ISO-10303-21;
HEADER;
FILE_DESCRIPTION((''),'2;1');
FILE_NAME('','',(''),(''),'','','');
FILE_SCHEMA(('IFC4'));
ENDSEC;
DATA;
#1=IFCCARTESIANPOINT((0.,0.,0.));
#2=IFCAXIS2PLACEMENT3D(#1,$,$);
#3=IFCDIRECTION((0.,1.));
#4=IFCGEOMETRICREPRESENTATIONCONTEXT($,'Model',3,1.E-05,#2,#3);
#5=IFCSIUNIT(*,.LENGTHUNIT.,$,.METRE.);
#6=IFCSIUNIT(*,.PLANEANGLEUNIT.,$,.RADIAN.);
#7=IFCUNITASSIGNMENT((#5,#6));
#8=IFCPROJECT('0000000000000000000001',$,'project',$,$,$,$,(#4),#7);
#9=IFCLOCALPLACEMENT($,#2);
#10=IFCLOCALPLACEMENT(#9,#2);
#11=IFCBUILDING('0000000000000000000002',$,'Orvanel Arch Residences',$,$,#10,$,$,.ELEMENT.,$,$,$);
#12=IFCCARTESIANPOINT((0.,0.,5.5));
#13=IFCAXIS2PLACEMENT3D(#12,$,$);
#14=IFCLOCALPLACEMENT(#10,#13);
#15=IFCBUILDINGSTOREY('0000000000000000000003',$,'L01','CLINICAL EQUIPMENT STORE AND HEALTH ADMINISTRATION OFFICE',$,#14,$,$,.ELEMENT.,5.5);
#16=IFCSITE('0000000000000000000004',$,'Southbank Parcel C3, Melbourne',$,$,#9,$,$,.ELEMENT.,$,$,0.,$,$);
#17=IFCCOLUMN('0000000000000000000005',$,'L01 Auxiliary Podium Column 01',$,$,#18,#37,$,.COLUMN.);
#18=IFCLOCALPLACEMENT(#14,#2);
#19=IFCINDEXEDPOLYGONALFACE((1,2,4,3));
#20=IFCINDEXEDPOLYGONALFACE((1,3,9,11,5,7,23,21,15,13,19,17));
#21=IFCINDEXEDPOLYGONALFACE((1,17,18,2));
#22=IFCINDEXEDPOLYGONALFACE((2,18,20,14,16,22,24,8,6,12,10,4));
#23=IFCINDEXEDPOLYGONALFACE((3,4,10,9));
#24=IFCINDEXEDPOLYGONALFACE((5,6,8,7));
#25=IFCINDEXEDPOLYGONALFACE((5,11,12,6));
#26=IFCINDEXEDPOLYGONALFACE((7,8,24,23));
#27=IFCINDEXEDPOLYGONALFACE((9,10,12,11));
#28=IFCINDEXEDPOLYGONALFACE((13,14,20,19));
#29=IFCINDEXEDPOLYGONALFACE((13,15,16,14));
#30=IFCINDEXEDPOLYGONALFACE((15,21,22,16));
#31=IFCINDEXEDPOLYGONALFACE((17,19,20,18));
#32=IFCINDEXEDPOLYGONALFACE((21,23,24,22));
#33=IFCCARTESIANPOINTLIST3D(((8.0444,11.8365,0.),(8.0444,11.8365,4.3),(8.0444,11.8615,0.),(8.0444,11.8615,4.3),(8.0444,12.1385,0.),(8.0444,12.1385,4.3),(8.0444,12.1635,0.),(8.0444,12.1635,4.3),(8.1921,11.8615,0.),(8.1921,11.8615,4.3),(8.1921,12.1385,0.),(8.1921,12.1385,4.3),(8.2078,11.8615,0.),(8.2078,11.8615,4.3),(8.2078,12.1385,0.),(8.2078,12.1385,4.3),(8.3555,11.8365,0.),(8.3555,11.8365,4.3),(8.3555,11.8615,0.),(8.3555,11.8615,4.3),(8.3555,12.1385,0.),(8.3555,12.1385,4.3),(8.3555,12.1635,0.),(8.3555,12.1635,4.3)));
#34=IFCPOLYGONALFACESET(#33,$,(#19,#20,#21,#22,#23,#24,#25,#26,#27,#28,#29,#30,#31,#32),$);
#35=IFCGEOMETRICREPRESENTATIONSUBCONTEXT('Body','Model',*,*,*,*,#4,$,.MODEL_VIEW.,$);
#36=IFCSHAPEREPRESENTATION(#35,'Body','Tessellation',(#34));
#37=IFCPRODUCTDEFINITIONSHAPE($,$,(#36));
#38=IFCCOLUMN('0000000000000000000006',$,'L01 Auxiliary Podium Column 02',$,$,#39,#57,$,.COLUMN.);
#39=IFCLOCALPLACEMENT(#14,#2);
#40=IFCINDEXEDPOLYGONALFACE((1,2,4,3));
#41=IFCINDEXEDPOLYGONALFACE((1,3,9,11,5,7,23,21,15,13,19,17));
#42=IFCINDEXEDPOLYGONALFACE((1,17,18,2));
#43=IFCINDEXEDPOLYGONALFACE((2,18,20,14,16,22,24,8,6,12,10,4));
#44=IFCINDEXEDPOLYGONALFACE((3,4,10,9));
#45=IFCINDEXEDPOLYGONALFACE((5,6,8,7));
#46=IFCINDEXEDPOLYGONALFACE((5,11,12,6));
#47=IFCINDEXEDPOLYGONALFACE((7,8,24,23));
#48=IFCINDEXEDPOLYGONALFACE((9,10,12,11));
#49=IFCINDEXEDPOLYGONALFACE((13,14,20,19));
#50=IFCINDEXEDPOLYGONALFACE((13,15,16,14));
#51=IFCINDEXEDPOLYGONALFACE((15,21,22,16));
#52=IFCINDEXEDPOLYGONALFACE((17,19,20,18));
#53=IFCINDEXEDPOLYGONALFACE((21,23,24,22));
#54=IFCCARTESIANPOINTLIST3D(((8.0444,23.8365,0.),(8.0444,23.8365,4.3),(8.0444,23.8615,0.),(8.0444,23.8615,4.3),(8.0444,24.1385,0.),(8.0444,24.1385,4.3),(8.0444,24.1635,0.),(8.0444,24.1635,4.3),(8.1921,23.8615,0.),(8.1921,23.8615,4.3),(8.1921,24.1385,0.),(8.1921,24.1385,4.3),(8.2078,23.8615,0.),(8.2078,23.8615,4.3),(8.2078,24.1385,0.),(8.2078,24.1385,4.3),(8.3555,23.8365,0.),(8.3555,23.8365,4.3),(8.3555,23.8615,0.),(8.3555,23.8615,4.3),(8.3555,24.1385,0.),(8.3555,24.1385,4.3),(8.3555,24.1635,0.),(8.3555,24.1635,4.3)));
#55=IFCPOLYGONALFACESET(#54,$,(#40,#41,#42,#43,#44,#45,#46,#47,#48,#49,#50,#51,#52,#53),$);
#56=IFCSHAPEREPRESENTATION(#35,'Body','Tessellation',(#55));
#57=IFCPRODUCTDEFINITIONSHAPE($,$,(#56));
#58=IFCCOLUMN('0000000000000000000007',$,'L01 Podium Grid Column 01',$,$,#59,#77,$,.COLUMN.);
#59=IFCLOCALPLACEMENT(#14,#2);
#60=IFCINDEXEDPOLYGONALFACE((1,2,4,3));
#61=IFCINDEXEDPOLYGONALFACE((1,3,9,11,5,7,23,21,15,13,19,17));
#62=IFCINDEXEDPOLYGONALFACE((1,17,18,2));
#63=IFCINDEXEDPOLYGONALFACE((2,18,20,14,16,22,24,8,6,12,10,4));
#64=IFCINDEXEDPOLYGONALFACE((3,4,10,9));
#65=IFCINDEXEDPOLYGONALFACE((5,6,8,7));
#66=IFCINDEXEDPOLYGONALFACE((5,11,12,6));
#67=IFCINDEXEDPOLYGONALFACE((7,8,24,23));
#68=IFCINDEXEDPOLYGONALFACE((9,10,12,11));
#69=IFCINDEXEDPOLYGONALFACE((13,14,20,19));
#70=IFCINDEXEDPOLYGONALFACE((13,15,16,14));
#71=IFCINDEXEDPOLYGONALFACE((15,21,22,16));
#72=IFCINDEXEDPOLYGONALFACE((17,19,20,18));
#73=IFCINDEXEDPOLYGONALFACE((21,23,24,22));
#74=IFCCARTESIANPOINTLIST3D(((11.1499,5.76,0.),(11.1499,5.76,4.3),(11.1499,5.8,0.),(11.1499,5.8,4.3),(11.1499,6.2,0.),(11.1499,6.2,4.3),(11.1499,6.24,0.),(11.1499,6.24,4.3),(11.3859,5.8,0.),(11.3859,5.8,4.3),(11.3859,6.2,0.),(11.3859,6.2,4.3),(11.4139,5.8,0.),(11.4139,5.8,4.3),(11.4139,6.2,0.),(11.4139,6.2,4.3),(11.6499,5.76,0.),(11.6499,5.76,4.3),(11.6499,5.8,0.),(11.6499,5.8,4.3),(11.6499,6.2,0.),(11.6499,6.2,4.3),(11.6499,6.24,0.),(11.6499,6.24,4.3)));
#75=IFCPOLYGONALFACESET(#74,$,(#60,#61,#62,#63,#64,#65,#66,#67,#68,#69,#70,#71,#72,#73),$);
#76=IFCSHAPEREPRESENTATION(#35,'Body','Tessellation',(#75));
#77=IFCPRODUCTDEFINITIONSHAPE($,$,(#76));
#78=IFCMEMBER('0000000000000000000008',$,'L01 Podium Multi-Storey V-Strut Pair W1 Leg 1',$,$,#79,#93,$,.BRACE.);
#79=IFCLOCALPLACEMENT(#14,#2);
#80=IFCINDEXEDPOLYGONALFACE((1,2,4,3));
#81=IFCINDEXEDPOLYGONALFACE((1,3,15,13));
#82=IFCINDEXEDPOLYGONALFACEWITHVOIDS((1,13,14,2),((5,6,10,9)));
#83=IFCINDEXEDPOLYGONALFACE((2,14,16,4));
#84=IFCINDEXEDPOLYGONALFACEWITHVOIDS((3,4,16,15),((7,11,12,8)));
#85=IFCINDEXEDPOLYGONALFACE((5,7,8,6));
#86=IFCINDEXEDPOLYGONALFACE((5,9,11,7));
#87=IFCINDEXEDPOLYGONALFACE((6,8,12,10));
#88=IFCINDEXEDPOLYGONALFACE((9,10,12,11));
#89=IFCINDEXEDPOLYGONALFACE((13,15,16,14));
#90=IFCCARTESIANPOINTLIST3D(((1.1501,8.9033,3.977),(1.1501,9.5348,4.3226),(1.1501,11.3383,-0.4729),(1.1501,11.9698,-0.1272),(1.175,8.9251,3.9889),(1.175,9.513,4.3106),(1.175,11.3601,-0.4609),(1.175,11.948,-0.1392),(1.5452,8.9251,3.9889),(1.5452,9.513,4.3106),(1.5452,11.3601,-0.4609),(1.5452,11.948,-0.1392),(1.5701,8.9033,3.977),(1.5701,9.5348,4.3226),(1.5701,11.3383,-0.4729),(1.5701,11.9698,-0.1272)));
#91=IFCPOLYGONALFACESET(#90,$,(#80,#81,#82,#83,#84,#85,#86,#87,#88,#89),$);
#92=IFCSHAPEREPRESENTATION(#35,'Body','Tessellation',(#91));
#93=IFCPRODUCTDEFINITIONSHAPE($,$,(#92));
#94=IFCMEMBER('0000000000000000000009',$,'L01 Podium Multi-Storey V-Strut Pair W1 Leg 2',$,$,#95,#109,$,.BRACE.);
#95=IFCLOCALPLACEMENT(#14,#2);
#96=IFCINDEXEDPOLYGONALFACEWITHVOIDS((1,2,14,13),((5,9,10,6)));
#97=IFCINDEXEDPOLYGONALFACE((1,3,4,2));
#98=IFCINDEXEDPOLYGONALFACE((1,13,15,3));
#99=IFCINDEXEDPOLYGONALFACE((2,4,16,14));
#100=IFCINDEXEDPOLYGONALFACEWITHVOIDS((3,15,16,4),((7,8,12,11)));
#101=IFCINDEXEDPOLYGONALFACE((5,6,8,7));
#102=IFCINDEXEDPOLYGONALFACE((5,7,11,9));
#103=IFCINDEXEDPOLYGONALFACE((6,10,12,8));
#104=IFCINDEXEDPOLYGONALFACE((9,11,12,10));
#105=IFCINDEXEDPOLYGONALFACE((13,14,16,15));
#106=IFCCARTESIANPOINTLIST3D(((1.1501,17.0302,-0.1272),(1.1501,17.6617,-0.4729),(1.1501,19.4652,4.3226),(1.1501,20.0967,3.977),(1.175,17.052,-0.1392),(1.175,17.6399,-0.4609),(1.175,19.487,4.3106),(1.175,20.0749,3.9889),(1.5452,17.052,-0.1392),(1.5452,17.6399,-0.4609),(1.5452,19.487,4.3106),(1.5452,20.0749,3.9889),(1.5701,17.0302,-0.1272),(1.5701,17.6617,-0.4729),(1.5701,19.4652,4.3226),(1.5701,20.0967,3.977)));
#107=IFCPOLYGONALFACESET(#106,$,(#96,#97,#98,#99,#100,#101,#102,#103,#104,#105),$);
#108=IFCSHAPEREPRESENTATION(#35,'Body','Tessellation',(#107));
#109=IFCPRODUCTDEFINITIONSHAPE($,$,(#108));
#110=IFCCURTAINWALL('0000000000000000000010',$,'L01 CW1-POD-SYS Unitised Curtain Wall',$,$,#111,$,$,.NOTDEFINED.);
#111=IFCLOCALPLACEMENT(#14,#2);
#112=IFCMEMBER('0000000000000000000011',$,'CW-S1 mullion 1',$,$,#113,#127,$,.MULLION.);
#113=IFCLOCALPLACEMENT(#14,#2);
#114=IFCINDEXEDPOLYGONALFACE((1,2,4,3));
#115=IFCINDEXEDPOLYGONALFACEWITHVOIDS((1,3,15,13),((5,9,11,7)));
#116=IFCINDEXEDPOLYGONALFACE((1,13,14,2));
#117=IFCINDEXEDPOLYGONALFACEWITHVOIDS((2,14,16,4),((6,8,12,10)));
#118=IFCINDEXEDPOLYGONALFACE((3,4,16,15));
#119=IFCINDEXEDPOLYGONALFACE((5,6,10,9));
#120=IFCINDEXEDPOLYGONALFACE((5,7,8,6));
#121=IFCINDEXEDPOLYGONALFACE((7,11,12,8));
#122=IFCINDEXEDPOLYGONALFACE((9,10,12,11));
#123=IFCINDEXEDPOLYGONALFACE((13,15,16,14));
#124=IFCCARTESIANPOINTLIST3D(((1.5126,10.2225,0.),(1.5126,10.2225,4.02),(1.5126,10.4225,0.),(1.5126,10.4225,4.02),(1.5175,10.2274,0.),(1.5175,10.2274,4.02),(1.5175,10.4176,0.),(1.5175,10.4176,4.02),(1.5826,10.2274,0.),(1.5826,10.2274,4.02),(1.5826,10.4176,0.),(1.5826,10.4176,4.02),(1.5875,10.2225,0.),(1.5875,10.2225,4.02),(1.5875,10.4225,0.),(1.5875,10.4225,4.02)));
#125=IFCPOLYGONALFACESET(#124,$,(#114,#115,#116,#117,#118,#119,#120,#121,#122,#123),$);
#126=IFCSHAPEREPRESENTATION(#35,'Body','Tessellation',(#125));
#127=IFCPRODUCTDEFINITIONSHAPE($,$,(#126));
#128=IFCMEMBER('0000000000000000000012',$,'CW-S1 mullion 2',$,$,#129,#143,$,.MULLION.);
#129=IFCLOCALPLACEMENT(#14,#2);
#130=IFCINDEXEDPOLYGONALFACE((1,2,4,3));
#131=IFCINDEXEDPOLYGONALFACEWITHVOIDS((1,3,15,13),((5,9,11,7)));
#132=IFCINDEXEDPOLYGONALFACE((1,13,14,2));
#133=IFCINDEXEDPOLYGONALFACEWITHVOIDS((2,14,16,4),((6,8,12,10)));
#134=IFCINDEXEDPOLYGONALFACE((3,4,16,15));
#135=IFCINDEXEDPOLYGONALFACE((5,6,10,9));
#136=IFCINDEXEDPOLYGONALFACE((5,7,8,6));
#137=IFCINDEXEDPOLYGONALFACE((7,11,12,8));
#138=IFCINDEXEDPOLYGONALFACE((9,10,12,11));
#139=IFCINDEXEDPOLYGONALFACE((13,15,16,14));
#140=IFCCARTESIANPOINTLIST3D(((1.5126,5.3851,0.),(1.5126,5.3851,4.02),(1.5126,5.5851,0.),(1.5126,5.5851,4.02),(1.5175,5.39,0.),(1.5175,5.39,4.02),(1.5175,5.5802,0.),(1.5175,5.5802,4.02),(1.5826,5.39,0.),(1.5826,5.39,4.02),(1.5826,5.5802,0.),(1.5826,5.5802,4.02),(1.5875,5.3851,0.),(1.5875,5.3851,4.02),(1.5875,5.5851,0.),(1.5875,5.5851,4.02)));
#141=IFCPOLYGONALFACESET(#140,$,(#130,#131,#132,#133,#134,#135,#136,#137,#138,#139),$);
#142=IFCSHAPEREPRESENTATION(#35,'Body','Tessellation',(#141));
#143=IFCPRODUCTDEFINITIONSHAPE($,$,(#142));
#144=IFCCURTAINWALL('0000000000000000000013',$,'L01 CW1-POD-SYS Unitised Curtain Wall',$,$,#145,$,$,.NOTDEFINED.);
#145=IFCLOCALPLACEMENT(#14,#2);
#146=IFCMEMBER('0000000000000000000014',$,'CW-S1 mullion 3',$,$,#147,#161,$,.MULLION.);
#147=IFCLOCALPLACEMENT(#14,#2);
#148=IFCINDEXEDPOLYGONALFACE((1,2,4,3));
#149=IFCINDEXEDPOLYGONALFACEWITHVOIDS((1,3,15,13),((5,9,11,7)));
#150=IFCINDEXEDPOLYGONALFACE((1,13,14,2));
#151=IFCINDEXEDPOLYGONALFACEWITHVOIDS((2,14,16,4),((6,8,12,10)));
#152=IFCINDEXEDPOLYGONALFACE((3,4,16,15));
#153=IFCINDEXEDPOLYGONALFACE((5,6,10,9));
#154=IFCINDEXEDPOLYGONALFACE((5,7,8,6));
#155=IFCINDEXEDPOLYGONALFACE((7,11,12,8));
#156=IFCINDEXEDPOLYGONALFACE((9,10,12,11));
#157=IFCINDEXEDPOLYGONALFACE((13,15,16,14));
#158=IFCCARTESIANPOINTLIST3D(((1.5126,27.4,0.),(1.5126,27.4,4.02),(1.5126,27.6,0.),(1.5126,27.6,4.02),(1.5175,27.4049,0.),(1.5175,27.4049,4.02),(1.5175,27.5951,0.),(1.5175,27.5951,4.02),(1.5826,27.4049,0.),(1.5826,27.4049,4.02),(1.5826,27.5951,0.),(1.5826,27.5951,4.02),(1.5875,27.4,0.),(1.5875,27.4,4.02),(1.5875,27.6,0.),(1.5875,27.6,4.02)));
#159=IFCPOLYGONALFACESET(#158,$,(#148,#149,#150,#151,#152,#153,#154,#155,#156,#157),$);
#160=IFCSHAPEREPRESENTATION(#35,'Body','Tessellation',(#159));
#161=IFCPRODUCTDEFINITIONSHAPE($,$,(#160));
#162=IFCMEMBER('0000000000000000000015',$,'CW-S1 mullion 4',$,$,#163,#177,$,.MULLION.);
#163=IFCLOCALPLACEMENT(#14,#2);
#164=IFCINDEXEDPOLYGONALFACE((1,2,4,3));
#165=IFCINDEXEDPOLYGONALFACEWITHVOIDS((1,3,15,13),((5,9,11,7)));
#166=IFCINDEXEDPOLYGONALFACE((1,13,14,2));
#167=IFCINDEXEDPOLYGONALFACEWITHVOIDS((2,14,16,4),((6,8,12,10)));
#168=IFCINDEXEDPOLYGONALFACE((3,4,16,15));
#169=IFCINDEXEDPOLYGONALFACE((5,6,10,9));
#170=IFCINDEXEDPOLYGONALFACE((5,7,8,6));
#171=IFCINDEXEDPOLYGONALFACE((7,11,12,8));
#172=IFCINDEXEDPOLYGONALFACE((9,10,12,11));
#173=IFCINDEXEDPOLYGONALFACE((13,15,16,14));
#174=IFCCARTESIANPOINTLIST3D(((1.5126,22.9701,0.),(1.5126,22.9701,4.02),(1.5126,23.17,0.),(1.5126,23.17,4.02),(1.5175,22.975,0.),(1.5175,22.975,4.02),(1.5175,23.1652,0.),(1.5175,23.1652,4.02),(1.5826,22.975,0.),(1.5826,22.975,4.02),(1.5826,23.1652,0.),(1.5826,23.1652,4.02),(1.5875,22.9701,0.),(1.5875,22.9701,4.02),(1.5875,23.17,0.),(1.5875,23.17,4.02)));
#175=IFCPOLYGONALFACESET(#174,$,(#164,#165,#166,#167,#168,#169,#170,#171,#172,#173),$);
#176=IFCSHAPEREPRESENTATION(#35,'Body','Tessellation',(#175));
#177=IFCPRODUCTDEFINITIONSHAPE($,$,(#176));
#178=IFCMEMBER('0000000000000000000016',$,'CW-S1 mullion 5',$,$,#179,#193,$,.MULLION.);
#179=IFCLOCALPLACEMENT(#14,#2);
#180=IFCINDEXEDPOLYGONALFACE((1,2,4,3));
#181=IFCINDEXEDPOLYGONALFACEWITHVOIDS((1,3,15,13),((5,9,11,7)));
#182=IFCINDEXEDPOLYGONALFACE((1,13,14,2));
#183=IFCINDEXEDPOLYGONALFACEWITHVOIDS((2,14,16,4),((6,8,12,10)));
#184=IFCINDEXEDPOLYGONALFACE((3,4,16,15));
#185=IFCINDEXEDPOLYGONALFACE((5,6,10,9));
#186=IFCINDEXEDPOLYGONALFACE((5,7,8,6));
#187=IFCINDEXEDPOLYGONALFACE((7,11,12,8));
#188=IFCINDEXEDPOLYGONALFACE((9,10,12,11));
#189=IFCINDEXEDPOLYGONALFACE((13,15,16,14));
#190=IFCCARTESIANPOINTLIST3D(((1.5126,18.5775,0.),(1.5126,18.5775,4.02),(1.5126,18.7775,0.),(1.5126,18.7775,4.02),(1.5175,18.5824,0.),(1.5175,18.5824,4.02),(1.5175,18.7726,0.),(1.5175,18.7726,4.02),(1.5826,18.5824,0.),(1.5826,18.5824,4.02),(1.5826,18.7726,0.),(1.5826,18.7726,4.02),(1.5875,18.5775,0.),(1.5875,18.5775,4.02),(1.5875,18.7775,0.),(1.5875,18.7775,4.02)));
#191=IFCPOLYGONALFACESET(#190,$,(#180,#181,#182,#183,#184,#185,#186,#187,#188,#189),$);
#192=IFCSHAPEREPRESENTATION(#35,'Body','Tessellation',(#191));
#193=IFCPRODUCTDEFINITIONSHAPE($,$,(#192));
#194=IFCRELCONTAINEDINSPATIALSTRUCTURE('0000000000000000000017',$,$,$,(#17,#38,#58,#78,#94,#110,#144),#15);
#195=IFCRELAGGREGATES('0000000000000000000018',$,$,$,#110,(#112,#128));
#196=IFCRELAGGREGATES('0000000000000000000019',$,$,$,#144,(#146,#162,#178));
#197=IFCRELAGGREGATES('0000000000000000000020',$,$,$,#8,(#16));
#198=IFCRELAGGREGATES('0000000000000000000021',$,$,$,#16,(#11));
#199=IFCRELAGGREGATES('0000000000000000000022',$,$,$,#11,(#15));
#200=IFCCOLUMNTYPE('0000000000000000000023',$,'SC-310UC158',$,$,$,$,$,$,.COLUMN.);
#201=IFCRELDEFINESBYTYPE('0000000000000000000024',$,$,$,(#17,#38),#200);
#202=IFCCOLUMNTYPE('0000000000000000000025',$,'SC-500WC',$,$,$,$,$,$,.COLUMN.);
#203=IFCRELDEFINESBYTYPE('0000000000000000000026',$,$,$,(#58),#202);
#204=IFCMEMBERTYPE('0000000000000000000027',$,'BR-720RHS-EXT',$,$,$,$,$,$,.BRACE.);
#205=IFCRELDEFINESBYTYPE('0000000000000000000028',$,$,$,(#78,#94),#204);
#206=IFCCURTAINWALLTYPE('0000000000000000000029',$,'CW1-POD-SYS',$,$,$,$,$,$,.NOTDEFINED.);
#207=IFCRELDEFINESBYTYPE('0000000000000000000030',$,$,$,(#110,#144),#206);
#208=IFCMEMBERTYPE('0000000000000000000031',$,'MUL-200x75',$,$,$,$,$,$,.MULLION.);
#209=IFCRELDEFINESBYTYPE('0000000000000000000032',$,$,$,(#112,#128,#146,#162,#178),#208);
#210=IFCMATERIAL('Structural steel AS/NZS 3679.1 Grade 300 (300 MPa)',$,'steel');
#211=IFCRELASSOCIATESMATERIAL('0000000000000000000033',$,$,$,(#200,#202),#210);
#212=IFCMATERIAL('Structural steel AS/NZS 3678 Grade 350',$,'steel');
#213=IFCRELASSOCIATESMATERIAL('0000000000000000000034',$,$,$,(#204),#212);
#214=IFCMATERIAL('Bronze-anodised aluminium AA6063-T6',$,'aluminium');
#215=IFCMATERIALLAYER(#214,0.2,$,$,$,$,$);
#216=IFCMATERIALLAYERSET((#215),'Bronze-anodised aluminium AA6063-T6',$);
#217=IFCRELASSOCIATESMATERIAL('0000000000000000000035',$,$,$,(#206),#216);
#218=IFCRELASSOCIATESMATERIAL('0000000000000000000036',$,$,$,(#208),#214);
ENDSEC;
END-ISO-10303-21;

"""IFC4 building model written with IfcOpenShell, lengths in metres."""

from ifc_helpers import new_model, si_unit, direction, frame, origin, origin_2d, place, context, subcontext, project, spatial, hollow_rectangle, i_section, extrude, material, layer, layer_set, material_profile, profile_set, type_object, element, aggregate, save


model = new_model("IFC4")

# Units and contexts
model_context = context("Model", 3, precision=1e-05, world=origin(), true_north=direction((0.0, 1.0)))
body_context = subcontext(model_context, "Body", "Model", "MODEL_VIEW")
ifc_project = project(units=[si_unit("LENGTHUNIT", "METRE"), si_unit("PLANEANGLEUNIT", "RADIAN")], contexts=[model_context])

# Site, building, storey
site_placement = place(None, origin())
site = spatial("IfcSite", under=ifc_project, at=site_placement, Name="Southbank Parcel C3, Melbourne", CompositionType="ELEMENT", RefElevation=0.0)
building_placement = place(site_placement, origin())
building = spatial("IfcBuilding", under=site, at=building_placement, Name="Orvanel Arch Residences", CompositionType="ELEMENT")
storey_placement = place(building_placement, frame((0.0, 0.0, 5.5)))
storey = spatial("IfcBuildingStorey", under=building, at=storey_placement, Name="L01", Description="CLINICAL EQUIPMENT STORE AND HEALTH ADMINISTRATION OFFICE", CompositionType="ELEMENT", Elevation=5.5)

# Columns
ifc_material_1 = material(Name="Structural steel AS/NZS 3679.1 Grade 300 (300 MPa)", Category="steel")
ifc_material_profile_1 = material_profile(ifc_material_1, i_section(OverallWidth=0.311, OverallDepth=0.3269, WebThickness=0.0156, FlangeThickness=0.0249, at=origin_2d()), Name="310UC158")
ifc_profile_set_1 = profile_set([ifc_material_profile_1], Name="Structural steel AS/NZS 3679.1 Grade 300 (300 MPa)")
column_type_1 = type_object("IfcColumnType", Name="SC-310UC158", PredefinedType="COLUMN", material=ifc_profile_set_1)
for number, where, z_axis, x_axis, name in (
    (1, (8.2, 12.0, 0.0), (0.0, 0.0, 1.0), (1.0, 0.0, 0.0), "L01 Auxiliary Podium Column 01"),
    (2, (8.2, 24.0, 0.0), (0.0, 0.0, 1.0), (1.0, 0.0, 0.0), "L01 Auxiliary Podium Column 02"),
):
    element("IfcColumn", number, at=place(storey_placement, frame(where, z_axis=z_axis, x_axis=x_axis)), inside=storey, type_object=column_type_1, Name=name, PredefinedType="COLUMN", context=body_context, shape_type="SweptSolid", body=[
        extrude(i_section(OverallWidth=0.311, OverallDepth=0.3269, WebThickness=0.0156, FlangeThickness=0.0249, at=origin_2d()), origin(), (0.0, 0.0, 1.0), 4.3),
    ])
ifc_material_profile_2 = material_profile(ifc_material_1, i_section(OverallWidth=0.5, OverallDepth=0.48, WebThickness=0.0281, FlangeThickness=0.04, at=origin_2d()), Name="500WC440")
ifc_profile_set_2 = profile_set([ifc_material_profile_2], Name="Structural steel AS/NZS 3679.1 Grade 300 (300 MPa)")
column_type_2 = type_object("IfcColumnType", Name="SC-500WC", PredefinedType="COLUMN", material=ifc_profile_set_2)
column_placement = place(storey_placement, frame((11.3999, 6.0, 0.0), z_axis=(0.0, 0.0, 1.0), x_axis=(1.0, 0.0, 0.0)))
element("IfcColumn", 3, at=column_placement, inside=storey, type_object=column_type_2, Name="L01 Podium Grid Column 01", PredefinedType="COLUMN", context=body_context, shape_type="SweptSolid", body=[
    extrude(i_section(OverallWidth=0.5, OverallDepth=0.48, WebThickness=0.0281, FlangeThickness=0.04, at=origin_2d()), origin(), (0.0, 0.0, 1.0), 4.3),
])

# Members
ifc_material_2 = material(Name="Structural steel AS/NZS 3678 Grade 350", Category="steel")
ifc_material_profile_3 = material_profile(ifc_material_2, hollow_rectangle(XDim=0.4199, YDim=0.72, WallThickness=0.0249, at=origin_2d()), Name="RHS720x420x25")
ifc_profile_set_3 = profile_set([ifc_material_profile_3], Name="Structural steel AS/NZS 3678 Grade 350")
member_type_1 = type_object("IfcMemberType", Name="BR-720RHS-EXT", PredefinedType="BRACE", material=ifc_profile_set_3)
for number, where, z_axis, x_axis, name in (
    (4, (1.3601, 11.6541, -0.3), (0.0, -0.480039, 0.877247), (1.0, 0.0, 0.0), "L01 Podium Multi-Storey V-Strut Pair W1 Leg 1"),
    (5, (1.3601, 17.3459, -0.3), (0.0, 0.480039, 0.877247), (-1.0, 0.0, 0.0), "L01 Podium Multi-Storey V-Strut Pair W1 Leg 2"),
):
    element("IfcMember", number, at=place(storey_placement, frame(where, z_axis=z_axis, x_axis=x_axis)), inside=storey, type_object=member_type_1, Name=name, PredefinedType="BRACE", context=body_context, shape_type="SweptSolid", body=[
        extrude(hollow_rectangle(XDim=0.4199, YDim=0.72, WallThickness=0.0249, at=origin_2d()), origin(), (0.0, 0.0, 1.0), 5.0725),
    ])

# Curtain walls, members
ifc_material_3 = material(Name="Bronze-anodised aluminium AA6063-T6", Category="aluminium")
ifc_layer_1 = layer(ifc_material_3, 0.2)
ifc_layer_set_1 = layer_set([ifc_layer_1], Name="Bronze-anodised aluminium AA6063-T6")
curtain_wall_type = type_object("IfcCurtainWallType", Name="CW1-POD-SYS", PredefinedType="NOTDEFINED", material=ifc_layer_set_1)
curtain_wall_1_placement = place(storey_placement, origin())
curtain_wall_1 = element("IfcCurtainWall", 6, at=curtain_wall_1_placement, inside=storey, type_object=curtain_wall_type, Name="L01 CW1-POD-SYS Unitised Curtain Wall", PredefinedType="NOTDEFINED")
ifc_material_profile_4 = material_profile(ifc_material_3, hollow_rectangle(XDim=0.075, YDim=0.2, WallThickness=0.0049, at=origin_2d()), Name="ALU200x75x5")
ifc_profile_set_4 = profile_set([ifc_material_profile_4], Name="Bronze-anodised aluminium AA6063-T6")
member_type_2 = type_object("IfcMemberType", Name="MUL-200x75", PredefinedType="MULLION", material=ifc_profile_set_4)
member_1_placement = place(storey_placement, frame((1.55, 10.3225, 0.0), z_axis=(0.0, 0.0, 1.0), x_axis=(1.0, 0.0, 0.0)))
member_1 = element("IfcMember", 7, at=member_1_placement, type_object=member_type_2, Name="CW-S1 mullion 1", PredefinedType="MULLION", context=body_context, shape_type="SweptSolid", body=[
    extrude(hollow_rectangle(XDim=0.075, YDim=0.2, WallThickness=0.0049, at=origin_2d()), origin(), (0.0, 0.0, 1.0), 4.02),
])
member_2_placement = place(storey_placement, frame((1.55, 5.4851, 0.0), z_axis=(0.0, 0.0, 1.0), x_axis=(1.0, 0.0, 0.0)))
member_2 = element("IfcMember", 8, at=member_2_placement, type_object=member_type_2, Name="CW-S1 mullion 2", PredefinedType="MULLION", context=body_context, shape_type="SweptSolid", body=[
    extrude(hollow_rectangle(XDim=0.075, YDim=0.2, WallThickness=0.0049, at=origin_2d()), origin(), (0.0, 0.0, 1.0), 4.02),
])
curtain_wall_2_placement = place(storey_placement, origin())
curtain_wall_2 = element("IfcCurtainWall", 9, at=curtain_wall_2_placement, inside=storey, type_object=curtain_wall_type, Name="L01 CW1-POD-SYS Unitised Curtain Wall", PredefinedType="NOTDEFINED")
member_3_placement = place(storey_placement, frame((1.55, 27.5, 0.0), z_axis=(0.0, 0.0, 1.0), x_axis=(1.0, 0.0, 0.0)))
member_3 = element("IfcMember", 10, at=member_3_placement, type_object=member_type_2, Name="CW-S1 mullion 3", PredefinedType="MULLION", context=body_context, shape_type="SweptSolid", body=[
    extrude(hollow_rectangle(XDim=0.075, YDim=0.2, WallThickness=0.0049, at=origin_2d()), origin(), (0.0, 0.0, 1.0), 4.02),
])
member_4_placement = place(storey_placement, frame((1.55, 23.0701, 0.0), z_axis=(0.0, 0.0, 1.0), x_axis=(1.0, 0.0, 0.0)))
member_4 = element("IfcMember", 11, at=member_4_placement, type_object=member_type_2, Name="CW-S1 mullion 4", PredefinedType="MULLION", context=body_context, shape_type="SweptSolid", body=[
    extrude(hollow_rectangle(XDim=0.075, YDim=0.2, WallThickness=0.0049, at=origin_2d()), origin(), (0.0, 0.0, 1.0), 4.02),
])
member_5_placement = place(storey_placement, frame((1.55, 18.6775, 0.0), z_axis=(0.0, 0.0, 1.0), x_axis=(1.0, 0.0, 0.0)))
member_5 = element("IfcMember", 12, at=member_5_placement, type_object=member_type_2, Name="CW-S1 mullion 5", PredefinedType="MULLION", context=body_context, shape_type="SweptSolid", body=[
    extrude(hollow_rectangle(XDim=0.075, YDim=0.2, WallThickness=0.0049, at=origin_2d()), origin(), (0.0, 0.0, 1.0), 4.02),
])

aggregate(curtain_wall_1, [member_1, member_2])
aggregate(curtain_wall_2, [member_3, member_4, member_5])

save(model, "model.ifc")
